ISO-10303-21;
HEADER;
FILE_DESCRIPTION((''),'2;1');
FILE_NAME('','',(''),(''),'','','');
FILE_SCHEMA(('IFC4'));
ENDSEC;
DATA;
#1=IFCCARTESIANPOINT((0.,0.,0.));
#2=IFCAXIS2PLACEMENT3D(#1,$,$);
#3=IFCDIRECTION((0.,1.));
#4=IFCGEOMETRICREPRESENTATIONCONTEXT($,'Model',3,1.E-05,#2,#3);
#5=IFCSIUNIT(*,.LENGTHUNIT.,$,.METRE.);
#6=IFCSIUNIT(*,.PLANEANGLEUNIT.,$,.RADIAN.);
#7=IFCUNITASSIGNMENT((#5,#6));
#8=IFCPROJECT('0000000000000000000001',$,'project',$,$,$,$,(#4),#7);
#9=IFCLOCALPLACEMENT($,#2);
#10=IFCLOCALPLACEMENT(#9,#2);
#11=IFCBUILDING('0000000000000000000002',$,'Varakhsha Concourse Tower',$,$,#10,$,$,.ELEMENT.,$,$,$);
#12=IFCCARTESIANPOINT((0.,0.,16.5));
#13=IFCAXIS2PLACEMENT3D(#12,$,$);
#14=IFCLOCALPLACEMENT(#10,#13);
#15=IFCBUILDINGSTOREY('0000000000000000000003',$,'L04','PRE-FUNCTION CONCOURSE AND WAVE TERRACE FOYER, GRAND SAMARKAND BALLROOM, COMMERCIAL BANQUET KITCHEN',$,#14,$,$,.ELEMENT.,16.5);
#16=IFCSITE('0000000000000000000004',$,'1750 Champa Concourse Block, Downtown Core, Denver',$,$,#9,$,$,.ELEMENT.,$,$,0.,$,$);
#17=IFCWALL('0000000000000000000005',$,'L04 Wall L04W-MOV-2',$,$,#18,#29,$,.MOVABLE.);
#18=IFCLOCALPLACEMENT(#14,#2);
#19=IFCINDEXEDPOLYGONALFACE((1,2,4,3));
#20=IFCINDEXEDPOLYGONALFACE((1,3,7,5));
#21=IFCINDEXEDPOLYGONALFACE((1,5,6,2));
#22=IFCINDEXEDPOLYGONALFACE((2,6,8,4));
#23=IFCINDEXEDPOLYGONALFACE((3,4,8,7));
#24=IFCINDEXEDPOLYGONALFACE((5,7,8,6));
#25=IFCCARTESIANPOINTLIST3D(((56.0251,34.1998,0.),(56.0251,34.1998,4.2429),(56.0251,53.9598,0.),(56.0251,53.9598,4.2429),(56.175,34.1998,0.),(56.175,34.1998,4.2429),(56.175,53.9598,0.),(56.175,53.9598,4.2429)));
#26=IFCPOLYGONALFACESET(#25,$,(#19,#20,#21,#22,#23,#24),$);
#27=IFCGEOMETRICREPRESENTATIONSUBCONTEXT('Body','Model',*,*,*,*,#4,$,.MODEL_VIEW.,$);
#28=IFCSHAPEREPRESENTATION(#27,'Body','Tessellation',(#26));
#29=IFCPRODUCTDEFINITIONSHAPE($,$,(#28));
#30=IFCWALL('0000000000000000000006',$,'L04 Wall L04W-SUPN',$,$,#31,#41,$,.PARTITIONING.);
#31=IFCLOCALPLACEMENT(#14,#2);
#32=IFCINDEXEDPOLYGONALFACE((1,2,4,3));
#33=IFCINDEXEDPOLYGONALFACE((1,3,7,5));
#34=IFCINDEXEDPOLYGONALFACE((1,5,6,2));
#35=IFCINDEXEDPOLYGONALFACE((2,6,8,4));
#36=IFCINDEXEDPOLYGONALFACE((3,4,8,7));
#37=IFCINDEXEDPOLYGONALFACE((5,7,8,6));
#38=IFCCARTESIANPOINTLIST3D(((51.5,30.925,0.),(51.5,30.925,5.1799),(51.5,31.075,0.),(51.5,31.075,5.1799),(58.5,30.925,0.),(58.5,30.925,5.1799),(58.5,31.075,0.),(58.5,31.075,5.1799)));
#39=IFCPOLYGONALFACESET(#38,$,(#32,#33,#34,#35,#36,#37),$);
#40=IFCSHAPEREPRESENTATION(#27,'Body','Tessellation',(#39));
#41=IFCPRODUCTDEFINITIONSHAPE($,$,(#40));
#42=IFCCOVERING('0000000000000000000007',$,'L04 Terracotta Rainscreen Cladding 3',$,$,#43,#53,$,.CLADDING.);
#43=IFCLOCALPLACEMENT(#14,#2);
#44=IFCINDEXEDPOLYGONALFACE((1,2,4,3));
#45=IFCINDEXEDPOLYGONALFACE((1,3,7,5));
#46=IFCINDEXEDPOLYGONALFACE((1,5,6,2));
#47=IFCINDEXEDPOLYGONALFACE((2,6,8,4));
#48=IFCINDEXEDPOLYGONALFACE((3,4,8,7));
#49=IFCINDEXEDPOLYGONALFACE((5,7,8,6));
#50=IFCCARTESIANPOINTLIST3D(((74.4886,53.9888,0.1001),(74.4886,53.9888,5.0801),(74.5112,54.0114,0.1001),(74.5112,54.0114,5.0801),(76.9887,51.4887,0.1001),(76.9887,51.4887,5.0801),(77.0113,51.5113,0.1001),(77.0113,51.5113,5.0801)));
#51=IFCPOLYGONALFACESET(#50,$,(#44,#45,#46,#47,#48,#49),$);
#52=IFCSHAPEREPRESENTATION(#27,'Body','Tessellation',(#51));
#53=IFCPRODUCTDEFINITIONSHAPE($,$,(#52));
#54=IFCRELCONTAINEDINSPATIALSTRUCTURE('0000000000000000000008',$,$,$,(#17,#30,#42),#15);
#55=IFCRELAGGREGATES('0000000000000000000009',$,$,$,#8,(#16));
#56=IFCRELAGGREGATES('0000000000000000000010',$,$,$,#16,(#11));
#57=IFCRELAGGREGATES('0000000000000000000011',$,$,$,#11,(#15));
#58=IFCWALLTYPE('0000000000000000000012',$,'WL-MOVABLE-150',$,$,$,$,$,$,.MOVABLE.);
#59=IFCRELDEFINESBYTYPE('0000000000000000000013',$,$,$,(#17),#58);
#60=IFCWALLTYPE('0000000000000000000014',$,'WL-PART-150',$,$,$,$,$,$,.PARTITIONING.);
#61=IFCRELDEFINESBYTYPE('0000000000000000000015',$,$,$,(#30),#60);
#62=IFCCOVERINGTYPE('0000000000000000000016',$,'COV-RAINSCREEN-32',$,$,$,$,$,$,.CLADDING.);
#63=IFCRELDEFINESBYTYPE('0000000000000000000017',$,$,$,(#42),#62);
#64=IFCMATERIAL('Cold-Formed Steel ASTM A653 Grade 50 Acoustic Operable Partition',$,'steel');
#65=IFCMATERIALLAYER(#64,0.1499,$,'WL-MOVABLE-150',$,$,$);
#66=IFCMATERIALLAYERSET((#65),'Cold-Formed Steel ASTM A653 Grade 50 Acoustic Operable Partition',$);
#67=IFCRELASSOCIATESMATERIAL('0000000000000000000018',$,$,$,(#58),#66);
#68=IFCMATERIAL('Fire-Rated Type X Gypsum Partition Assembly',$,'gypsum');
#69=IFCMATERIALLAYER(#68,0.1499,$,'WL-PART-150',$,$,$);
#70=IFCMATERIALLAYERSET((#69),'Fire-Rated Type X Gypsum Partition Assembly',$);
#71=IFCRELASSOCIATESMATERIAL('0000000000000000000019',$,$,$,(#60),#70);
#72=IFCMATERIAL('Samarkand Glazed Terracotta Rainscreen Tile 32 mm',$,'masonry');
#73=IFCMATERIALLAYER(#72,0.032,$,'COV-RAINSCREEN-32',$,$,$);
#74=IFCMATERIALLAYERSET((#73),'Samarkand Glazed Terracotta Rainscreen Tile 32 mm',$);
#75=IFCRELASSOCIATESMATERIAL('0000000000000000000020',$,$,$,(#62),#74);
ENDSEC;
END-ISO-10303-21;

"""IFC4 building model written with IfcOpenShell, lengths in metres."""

from ifc_helpers import new_model, si_unit, direction, frame, frame_2d, origin, place, context, subcontext, project, spatial, rectangle, extrude, material, layer, layer_set, type_object, element, save


model = new_model("IFC4")

# Units and contexts
model_context = context("Model", 3, precision=1e-05, world=origin(), true_north=direction((0.0, 1.0)))
body_context = subcontext(model_context, "Body", "Model", "MODEL_VIEW")
ifc_project = project(units=[si_unit("LENGTHUNIT", "METRE"), si_unit("PLANEANGLEUNIT", "RADIAN")], contexts=[model_context])

# Site, building, storey
site_placement = place(None, origin())
site = spatial("IfcSite", under=ifc_project, at=site_placement, Name="1750 Champa Concourse Block, Downtown Core, Denver", CompositionType="ELEMENT", RefElevation=0.0)
building_placement = place(site_placement, origin())
building = spatial("IfcBuilding", under=site, at=building_placement, Name="Varakhsha Concourse Tower", CompositionType="ELEMENT")
storey_placement = place(building_placement, frame((0.0, 0.0, 16.5)))
storey = spatial("IfcBuildingStorey", under=building, at=storey_placement, Name="L04", Description="PRE-FUNCTION CONCOURSE AND WAVE TERRACE FOYER, GRAND SAMARKAND BALLROOM, COMMERCIAL BANQUET KITCHEN", CompositionType="ELEMENT", Elevation=16.5)

# Walls
ifc_material_1 = material(Name="Cold-Formed Steel ASTM A653 Grade 50 Acoustic Operable Partition", Category="steel")
ifc_layer_1 = layer(ifc_material_1, 0.1499, Name="WL-MOVABLE-150")
ifc_layer_set_1 = layer_set([ifc_layer_1], Name="Cold-Formed Steel ASTM A653 Grade 50 Acoustic Operable Partition")
wall_type_1 = type_object("IfcWallType", Name="WL-MOVABLE-150", PredefinedType="MOVABLE", material=ifc_layer_set_1)
wall_1_placement = place(storey_placement, frame((56.1001, 34.2, 0.0), z_axis=(0.0, 0.0, 1.0), x_axis=(0.0, 1.0, 0.0)))
element("IfcWall", 1, at=wall_1_placement, inside=storey, type_object=wall_type_1, Name="L04 Wall L04W-MOV-2", PredefinedType="MOVABLE", context=body_context, shape_type="SweptSolid", body=[
    extrude(rectangle(XDim=19.76, YDim=0.1499, at=frame_2d((9.8799, 0.0))), origin(), (0.0, 0.0, 1.0), 4.2429),
])
ifc_material_2 = material(Name="Fire-Rated Type X Gypsum Partition Assembly", Category="gypsum")
ifc_layer_2 = layer(ifc_material_2, 0.1499, Name="WL-PART-150")
ifc_layer_set_2 = layer_set([ifc_layer_2], Name="Fire-Rated Type X Gypsum Partition Assembly")
wall_type_2 = type_object("IfcWallType", Name="WL-PART-150", PredefinedType="PARTITIONING", material=ifc_layer_set_2)
wall_2_placement = place(storey_placement, frame((51.5, 31.0, 0.0), z_axis=(0.0, 0.0, 1.0), x_axis=(1.0, 0.0, 0.0)))
element("IfcWall", 2, at=wall_2_placement, inside=storey, type_object=wall_type_2, Name="L04 Wall L04W-SUPN", PredefinedType="PARTITIONING", context=body_context, shape_type="SweptSolid", body=[
    extrude(rectangle(XDim=7.0, YDim=0.1499, at=frame_2d((3.5, 0.0))), origin(), (0.0, 0.0, 1.0), 5.1799),
])

# Covering
ifc_material_3 = material(Name="Samarkand Glazed Terracotta Rainscreen Tile 32 mm", Category="masonry")
ifc_layer_3 = layer(ifc_material_3, 0.032, Name="COV-RAINSCREEN-32")
ifc_layer_set_3 = layer_set([ifc_layer_3], Name="Samarkand Glazed Terracotta Rainscreen Tile 32 mm")
covering_type = type_object("IfcCoveringType", Name="COV-RAINSCREEN-32", PredefinedType="CLADDING", material=ifc_layer_set_3)
covering_placement = place(storey_placement, frame((77.0, 51.5, 0.1001), z_axis=(0.0, 0.0, 1.0), x_axis=(-0.707107, 0.707107, 0.0)))
element("IfcCovering", 3, at=covering_placement, inside=storey, type_object=covering_type, Name="L04 Terracotta Rainscreen Cladding 3", PredefinedType="CLADDING", context=body_context, shape_type="SweptSolid", body=[
    extrude(rectangle(XDim=3.5356, YDim=0.032, at=frame_2d((1.7678, 0.0))), origin(), (0.0, 0.0, 1.0), 4.98),
])

save(model, "model.ifc")
